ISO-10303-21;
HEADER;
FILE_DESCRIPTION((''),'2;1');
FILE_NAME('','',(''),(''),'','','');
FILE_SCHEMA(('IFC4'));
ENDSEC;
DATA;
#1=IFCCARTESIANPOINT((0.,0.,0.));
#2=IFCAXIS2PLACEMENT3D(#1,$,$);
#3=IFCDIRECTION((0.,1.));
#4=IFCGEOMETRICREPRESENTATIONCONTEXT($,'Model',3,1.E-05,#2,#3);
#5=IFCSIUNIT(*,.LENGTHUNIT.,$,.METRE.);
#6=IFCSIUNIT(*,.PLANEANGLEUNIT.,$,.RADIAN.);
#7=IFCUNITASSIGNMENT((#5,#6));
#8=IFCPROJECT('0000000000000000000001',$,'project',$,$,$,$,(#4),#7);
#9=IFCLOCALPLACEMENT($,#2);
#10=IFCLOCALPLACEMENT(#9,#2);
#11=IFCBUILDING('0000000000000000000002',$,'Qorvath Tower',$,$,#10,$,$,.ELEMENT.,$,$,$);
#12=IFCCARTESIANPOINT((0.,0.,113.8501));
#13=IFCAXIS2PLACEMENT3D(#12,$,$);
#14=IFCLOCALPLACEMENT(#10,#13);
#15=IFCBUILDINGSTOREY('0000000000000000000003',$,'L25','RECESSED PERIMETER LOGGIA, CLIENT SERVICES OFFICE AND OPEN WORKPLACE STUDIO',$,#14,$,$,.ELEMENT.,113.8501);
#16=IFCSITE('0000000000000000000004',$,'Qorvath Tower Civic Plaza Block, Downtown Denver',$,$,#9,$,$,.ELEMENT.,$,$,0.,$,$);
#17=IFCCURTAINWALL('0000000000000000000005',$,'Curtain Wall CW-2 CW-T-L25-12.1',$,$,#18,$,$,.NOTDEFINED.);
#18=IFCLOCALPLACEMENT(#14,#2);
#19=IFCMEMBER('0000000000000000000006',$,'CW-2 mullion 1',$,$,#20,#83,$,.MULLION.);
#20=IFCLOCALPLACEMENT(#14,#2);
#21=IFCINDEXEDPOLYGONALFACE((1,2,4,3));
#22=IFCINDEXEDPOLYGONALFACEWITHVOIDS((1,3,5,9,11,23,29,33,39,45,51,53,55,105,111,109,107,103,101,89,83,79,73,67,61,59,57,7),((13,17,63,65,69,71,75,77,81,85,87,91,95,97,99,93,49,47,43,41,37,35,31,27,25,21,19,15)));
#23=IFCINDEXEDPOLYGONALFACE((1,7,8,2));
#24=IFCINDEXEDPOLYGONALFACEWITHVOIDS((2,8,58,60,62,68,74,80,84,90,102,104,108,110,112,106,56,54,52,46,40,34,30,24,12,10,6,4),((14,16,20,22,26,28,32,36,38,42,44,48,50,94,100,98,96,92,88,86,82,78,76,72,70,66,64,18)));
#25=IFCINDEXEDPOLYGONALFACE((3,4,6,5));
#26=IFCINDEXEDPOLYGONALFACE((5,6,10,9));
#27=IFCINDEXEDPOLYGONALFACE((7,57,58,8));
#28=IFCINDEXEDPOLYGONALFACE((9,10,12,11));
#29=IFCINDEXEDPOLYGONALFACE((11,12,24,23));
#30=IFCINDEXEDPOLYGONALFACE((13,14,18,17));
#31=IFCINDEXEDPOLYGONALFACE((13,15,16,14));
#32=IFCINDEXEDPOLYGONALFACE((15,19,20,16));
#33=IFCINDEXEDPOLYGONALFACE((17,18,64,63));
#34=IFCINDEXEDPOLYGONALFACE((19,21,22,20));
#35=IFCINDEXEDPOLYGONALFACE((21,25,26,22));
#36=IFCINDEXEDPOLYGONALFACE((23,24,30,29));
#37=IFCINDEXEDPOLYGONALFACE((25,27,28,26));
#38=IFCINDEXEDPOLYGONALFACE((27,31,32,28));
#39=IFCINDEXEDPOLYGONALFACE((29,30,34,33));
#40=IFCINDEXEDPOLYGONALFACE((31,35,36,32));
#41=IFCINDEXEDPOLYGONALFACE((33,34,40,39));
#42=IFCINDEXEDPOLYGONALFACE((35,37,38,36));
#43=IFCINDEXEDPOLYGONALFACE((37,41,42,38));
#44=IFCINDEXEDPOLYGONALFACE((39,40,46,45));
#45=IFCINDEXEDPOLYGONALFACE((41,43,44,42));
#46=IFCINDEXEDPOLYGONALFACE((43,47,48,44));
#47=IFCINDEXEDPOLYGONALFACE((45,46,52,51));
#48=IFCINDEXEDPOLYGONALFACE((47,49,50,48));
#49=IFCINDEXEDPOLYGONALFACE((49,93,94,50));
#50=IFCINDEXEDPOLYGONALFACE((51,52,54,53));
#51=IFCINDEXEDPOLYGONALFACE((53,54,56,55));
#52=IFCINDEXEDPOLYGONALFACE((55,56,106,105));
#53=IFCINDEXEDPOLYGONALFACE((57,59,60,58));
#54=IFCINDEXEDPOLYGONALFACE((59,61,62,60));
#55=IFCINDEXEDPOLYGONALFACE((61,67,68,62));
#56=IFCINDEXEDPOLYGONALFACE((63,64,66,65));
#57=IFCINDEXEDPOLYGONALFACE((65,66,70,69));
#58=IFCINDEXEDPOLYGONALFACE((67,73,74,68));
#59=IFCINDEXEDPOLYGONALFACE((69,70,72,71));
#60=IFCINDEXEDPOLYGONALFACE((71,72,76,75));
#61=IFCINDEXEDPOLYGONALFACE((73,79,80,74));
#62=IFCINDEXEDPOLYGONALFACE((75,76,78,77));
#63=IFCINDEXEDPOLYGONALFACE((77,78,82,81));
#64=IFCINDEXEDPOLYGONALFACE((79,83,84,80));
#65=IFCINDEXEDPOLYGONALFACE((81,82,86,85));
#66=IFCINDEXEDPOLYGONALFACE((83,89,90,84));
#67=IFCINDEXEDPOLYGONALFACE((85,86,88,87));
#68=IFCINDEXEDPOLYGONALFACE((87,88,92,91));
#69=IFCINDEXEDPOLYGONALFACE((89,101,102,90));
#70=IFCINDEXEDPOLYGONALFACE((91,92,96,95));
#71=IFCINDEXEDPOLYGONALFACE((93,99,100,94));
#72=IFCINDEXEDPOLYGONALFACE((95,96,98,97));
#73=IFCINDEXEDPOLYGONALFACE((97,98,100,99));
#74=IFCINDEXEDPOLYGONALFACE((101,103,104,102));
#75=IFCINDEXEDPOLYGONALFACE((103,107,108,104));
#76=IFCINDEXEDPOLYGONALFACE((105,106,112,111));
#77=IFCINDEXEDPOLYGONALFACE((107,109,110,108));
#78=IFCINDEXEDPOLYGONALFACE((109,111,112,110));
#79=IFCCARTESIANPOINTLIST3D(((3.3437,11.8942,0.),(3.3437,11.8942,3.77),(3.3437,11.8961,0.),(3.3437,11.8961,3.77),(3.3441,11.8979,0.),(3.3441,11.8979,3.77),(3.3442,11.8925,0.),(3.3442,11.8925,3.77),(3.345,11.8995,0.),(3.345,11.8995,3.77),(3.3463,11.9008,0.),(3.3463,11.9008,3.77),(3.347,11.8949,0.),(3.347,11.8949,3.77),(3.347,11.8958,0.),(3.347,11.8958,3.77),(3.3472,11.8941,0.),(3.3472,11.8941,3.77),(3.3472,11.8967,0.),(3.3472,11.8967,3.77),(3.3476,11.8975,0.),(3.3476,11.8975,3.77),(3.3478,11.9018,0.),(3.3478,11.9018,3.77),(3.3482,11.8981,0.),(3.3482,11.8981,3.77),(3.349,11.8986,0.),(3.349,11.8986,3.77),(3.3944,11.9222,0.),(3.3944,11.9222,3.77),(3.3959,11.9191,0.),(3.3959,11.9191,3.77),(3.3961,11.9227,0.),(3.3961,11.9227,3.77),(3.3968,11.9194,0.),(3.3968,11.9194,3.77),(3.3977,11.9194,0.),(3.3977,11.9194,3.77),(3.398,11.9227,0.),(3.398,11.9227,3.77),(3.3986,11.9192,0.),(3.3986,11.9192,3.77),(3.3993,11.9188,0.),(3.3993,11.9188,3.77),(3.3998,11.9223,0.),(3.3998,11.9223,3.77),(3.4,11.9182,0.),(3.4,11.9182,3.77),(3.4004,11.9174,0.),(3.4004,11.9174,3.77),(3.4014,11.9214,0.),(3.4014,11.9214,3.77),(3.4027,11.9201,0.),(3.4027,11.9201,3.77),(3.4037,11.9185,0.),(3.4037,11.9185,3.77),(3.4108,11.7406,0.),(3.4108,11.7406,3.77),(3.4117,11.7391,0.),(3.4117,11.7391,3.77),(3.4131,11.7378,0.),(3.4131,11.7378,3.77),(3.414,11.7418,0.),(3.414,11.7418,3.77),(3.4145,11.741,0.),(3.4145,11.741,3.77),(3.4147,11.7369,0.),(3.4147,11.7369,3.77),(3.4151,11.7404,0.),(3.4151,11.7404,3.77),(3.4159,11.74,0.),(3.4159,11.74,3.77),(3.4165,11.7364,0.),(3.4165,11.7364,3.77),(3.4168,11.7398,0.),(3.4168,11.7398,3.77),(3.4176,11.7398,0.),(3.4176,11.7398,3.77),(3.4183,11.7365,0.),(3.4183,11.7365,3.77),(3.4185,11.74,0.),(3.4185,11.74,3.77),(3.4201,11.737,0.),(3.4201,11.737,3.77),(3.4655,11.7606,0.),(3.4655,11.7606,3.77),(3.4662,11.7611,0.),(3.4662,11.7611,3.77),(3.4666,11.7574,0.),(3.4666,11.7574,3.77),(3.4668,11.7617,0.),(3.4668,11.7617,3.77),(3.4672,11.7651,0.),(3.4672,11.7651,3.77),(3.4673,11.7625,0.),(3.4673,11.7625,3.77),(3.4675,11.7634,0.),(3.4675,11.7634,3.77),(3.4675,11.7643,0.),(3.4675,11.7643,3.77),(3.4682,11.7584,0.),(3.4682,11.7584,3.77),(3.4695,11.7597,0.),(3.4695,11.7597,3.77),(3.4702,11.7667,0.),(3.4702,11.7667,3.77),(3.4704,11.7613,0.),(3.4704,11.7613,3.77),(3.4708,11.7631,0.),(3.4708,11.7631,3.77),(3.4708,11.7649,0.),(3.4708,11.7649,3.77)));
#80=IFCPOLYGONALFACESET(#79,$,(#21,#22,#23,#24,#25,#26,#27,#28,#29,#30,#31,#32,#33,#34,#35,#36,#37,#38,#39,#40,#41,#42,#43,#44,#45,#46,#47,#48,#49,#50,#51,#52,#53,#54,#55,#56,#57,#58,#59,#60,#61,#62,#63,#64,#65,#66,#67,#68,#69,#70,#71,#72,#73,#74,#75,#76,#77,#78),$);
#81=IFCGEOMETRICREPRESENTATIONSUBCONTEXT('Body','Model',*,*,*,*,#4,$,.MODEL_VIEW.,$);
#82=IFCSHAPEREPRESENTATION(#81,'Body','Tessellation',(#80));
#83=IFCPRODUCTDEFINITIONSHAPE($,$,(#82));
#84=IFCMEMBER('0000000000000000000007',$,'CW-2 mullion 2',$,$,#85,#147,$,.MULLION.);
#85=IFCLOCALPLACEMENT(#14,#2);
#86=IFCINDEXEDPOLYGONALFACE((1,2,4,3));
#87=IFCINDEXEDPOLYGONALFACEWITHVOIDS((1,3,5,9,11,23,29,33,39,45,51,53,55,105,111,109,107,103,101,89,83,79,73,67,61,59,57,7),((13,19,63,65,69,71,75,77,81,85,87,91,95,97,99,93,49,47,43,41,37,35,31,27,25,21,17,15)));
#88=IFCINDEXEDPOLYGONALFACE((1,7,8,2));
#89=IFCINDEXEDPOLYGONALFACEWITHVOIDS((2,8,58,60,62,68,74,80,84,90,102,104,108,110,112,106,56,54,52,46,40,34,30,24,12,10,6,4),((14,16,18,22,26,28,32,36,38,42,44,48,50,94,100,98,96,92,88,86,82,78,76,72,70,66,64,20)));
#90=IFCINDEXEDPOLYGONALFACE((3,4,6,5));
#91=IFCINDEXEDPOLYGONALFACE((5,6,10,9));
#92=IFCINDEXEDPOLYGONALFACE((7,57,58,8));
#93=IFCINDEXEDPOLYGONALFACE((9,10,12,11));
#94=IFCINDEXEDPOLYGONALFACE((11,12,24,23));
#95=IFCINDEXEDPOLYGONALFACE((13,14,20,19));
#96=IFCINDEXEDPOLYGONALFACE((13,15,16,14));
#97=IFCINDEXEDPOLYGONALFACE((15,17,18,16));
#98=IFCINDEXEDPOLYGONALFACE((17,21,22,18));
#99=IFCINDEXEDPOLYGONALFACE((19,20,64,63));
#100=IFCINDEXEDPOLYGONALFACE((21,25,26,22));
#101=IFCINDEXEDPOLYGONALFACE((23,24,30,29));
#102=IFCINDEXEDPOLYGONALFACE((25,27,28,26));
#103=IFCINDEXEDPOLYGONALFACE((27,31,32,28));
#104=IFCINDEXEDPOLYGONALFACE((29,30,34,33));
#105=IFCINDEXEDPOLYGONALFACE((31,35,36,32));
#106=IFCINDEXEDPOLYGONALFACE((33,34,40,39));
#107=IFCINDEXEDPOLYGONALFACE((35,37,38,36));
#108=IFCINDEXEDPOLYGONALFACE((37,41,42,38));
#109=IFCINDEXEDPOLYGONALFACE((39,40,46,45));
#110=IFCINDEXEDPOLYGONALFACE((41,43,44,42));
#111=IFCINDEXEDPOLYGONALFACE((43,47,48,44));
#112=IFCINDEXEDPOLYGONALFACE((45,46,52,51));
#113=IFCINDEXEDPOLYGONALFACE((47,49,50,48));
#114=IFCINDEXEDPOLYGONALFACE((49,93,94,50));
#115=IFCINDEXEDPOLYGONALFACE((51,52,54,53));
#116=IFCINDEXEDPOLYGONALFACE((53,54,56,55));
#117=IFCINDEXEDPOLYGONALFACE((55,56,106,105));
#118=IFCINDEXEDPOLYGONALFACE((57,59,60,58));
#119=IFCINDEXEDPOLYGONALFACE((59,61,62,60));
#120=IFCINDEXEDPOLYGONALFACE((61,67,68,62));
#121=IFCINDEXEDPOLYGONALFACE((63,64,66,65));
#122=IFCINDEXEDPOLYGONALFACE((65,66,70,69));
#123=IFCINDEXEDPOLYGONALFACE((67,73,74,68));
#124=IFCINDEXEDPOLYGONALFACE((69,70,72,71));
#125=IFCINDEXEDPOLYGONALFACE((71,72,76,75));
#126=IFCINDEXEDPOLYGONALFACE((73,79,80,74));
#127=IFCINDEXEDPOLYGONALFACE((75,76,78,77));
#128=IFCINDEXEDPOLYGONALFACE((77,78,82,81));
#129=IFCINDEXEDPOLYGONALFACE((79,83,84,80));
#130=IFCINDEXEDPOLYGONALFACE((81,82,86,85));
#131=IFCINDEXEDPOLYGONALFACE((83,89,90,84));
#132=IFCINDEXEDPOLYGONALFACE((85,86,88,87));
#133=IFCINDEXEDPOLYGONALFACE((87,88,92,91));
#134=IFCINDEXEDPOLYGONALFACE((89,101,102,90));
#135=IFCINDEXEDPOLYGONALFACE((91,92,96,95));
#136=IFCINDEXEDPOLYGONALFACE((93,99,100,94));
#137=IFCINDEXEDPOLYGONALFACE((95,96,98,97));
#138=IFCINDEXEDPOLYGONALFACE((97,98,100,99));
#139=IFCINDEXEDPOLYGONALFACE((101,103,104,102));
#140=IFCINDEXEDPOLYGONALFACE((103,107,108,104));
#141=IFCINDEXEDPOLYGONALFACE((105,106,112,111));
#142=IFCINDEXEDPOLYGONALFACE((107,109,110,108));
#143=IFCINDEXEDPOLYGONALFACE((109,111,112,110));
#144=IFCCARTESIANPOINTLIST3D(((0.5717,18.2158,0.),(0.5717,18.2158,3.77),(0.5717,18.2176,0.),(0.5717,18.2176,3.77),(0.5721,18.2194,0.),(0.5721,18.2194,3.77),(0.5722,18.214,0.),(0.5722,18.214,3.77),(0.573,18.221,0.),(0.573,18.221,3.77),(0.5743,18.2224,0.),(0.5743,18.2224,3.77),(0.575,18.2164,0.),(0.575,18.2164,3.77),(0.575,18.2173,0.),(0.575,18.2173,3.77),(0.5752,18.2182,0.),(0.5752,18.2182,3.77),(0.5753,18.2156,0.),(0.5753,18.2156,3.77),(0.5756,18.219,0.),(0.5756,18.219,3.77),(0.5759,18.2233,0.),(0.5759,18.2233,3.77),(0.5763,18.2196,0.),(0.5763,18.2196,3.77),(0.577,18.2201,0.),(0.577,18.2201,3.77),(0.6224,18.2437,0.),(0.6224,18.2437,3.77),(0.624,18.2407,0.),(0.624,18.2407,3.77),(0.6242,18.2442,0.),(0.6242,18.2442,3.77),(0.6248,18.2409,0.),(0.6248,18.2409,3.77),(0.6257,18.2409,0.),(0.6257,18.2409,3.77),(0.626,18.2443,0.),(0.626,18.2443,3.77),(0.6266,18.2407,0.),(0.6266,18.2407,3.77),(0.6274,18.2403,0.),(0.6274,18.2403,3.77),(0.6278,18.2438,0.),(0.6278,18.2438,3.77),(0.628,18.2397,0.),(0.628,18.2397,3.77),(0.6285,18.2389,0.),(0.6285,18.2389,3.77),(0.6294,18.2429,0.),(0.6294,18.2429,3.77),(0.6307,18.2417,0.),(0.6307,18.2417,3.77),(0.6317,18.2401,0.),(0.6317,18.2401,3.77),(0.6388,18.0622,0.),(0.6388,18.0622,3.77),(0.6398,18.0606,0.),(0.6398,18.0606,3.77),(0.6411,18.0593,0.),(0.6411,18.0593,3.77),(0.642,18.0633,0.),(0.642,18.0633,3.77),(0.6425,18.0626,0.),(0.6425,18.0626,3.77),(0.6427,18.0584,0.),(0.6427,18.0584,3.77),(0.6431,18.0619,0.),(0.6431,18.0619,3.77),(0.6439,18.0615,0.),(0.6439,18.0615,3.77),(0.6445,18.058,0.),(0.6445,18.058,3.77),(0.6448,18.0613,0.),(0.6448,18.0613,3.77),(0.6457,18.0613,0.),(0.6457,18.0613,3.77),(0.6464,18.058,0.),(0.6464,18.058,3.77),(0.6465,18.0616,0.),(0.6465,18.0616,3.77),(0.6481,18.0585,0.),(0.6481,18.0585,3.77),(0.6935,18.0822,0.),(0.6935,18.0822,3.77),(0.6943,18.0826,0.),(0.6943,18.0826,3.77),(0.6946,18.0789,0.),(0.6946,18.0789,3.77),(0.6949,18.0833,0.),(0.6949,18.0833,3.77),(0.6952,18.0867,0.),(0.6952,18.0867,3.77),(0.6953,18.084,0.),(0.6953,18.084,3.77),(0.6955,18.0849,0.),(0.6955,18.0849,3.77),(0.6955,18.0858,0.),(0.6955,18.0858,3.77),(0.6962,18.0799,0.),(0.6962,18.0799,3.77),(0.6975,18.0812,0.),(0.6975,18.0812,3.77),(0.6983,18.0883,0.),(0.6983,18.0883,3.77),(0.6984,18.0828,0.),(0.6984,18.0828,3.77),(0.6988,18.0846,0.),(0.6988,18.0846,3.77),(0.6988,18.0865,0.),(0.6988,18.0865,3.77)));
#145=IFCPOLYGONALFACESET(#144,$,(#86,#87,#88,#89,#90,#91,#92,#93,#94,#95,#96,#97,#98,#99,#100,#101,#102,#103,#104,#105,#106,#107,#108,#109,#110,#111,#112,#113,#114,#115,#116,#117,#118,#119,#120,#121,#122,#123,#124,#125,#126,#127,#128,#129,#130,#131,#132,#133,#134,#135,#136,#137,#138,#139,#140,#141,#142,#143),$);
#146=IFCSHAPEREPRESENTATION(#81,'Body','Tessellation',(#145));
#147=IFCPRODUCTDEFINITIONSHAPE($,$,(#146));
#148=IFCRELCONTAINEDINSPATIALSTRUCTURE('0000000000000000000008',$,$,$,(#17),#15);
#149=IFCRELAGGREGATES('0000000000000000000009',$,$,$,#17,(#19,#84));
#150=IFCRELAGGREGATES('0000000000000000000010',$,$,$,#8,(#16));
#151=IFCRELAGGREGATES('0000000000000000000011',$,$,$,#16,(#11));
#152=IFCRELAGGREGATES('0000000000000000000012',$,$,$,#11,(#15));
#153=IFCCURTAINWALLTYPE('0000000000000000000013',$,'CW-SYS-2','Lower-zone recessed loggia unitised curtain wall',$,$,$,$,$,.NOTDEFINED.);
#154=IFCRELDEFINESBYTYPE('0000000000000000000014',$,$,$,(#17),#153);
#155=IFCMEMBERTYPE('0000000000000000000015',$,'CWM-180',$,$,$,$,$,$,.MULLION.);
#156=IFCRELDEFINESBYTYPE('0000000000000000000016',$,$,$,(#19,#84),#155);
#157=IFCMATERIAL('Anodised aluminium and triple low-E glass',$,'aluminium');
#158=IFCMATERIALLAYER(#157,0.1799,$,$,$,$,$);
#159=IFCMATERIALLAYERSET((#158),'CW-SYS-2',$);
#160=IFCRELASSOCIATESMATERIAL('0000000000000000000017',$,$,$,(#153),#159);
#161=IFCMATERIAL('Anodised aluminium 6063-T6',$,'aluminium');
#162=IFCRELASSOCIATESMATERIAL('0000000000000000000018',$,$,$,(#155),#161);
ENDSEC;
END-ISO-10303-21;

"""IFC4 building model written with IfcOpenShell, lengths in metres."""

from ifc_helpers import new_model, si_unit, direction, frame, origin, origin_2d, place, context, subcontext, project, spatial, hollow_rectangle, extrude, material, layer, layer_set, material_profile, profile_set, type_object, element, aggregate, save


model = new_model("IFC4")

# Units and contexts
model_context = context("Model", 3, precision=1e-05, world=origin(), true_north=direction((0.0, 1.0)))
body_context = subcontext(model_context, "Body", "Model", "MODEL_VIEW")
ifc_project = project(units=[si_unit("LENGTHUNIT", "METRE"), si_unit("PLANEANGLEUNIT", "RADIAN")], contexts=[model_context])

# Site, building, storey
site_placement = place(None, origin())
site = spatial("IfcSite", under=ifc_project, at=site_placement, Name="Qorvath Tower Civic Plaza Block, Downtown Denver", CompositionType="ELEMENT", RefElevation=0.0)
building_placement = place(site_placement, origin())
building = spatial("IfcBuilding", under=site, at=building_placement, Name="Qorvath Tower", CompositionType="ELEMENT")
storey_placement = place(building_placement, frame((0.0, 0.0, 113.8501)))
storey = spatial("IfcBuildingStorey", under=building, at=storey_placement, Name="L25", Description="RECESSED PERIMETER LOGGIA, CLIENT SERVICES OFFICE AND OPEN WORKPLACE STUDIO", CompositionType="ELEMENT", Elevation=113.8501)

# Curtain wall, members
ifc_material_1 = material(Name="Anodised aluminium and triple low-E glass", Category="aluminium")
ifc_layer_1 = layer(ifc_material_1, 0.1799)
ifc_layer_set_1 = layer_set([ifc_layer_1], Name="CW-SYS-2")
curtain_wall_type = type_object("IfcCurtainWallType", Name="CW-SYS-2", Description="Lower-zone recessed loggia unitised curtain wall", PredefinedType="NOTDEFINED", material=ifc_layer_set_1)
ifc_material_2 = material(Name="Anodised aluminium 6063-T6", Category="aluminium")
ifc_material_profile_1 = material_profile(ifc_material_2, hollow_rectangle(XDim=0.0649, YDim=0.1799, WallThickness=0.0034, InnerFilletRadius=0.0034, OuterFilletRadius=0.0071, at=origin_2d()), Name="CWM 180x65")
ifc_profile_set_1 = profile_set([ifc_material_profile_1], Name="Anodised aluminium 6063-T6")
member_type_1 = type_object("IfcMemberType", Name="CWM-180", PredefinedType="MULLION", material=ifc_profile_set_1)
curtain_wall_1_placement = place(storey_placement, origin())
curtain_wall_1 = element("IfcCurtainWall", 1, at=curtain_wall_1_placement, inside=storey, type_object=curtain_wall_type, Name="Curtain Wall CW-2 CW-T-L25-12.1", PredefinedType="NOTDEFINED")
member_1_placement = place(storey_placement, frame((3.4072, 11.8296, 0.0), z_axis=(0.0, 0.0, 1.0), x_axis=(-0.915821, -0.401586, 0.0)))
member_1 = element("IfcMember", 2, at=member_1_placement, type_object=member_type_1, Name="CW-2 mullion 1", PredefinedType="MULLION", context=body_context, shape_type="SweptSolid", body=[
    extrude(hollow_rectangle(XDim=0.0649, YDim=0.1799, WallThickness=0.0034, InnerFilletRadius=0.0034, OuterFilletRadius=0.0071, at=origin_2d()), origin(), (0.0, 0.0, 1.0), 3.77),
])
member_2_placement = place(storey_placement, frame((0.6353, 18.1511, 0.0), z_axis=(0.0, 0.0, 1.0), x_axis=(-0.915821, -0.401586, 0.0)))
member_2 = element("IfcMember", 3, at=member_2_placement, type_object=member_type_1, Name="CW-2 mullion 2", PredefinedType="MULLION", context=body_context, shape_type="SweptSolid", body=[
    extrude(hollow_rectangle(XDim=0.0649, YDim=0.1799, WallThickness=0.0034, InnerFilletRadius=0.0034, OuterFilletRadius=0.0071, at=origin_2d()), origin(), (0.0, 0.0, 1.0), 3.77),
])

aggregate(curtain_wall_1, [member_1, member_2])

save(model, "model.ifc")
